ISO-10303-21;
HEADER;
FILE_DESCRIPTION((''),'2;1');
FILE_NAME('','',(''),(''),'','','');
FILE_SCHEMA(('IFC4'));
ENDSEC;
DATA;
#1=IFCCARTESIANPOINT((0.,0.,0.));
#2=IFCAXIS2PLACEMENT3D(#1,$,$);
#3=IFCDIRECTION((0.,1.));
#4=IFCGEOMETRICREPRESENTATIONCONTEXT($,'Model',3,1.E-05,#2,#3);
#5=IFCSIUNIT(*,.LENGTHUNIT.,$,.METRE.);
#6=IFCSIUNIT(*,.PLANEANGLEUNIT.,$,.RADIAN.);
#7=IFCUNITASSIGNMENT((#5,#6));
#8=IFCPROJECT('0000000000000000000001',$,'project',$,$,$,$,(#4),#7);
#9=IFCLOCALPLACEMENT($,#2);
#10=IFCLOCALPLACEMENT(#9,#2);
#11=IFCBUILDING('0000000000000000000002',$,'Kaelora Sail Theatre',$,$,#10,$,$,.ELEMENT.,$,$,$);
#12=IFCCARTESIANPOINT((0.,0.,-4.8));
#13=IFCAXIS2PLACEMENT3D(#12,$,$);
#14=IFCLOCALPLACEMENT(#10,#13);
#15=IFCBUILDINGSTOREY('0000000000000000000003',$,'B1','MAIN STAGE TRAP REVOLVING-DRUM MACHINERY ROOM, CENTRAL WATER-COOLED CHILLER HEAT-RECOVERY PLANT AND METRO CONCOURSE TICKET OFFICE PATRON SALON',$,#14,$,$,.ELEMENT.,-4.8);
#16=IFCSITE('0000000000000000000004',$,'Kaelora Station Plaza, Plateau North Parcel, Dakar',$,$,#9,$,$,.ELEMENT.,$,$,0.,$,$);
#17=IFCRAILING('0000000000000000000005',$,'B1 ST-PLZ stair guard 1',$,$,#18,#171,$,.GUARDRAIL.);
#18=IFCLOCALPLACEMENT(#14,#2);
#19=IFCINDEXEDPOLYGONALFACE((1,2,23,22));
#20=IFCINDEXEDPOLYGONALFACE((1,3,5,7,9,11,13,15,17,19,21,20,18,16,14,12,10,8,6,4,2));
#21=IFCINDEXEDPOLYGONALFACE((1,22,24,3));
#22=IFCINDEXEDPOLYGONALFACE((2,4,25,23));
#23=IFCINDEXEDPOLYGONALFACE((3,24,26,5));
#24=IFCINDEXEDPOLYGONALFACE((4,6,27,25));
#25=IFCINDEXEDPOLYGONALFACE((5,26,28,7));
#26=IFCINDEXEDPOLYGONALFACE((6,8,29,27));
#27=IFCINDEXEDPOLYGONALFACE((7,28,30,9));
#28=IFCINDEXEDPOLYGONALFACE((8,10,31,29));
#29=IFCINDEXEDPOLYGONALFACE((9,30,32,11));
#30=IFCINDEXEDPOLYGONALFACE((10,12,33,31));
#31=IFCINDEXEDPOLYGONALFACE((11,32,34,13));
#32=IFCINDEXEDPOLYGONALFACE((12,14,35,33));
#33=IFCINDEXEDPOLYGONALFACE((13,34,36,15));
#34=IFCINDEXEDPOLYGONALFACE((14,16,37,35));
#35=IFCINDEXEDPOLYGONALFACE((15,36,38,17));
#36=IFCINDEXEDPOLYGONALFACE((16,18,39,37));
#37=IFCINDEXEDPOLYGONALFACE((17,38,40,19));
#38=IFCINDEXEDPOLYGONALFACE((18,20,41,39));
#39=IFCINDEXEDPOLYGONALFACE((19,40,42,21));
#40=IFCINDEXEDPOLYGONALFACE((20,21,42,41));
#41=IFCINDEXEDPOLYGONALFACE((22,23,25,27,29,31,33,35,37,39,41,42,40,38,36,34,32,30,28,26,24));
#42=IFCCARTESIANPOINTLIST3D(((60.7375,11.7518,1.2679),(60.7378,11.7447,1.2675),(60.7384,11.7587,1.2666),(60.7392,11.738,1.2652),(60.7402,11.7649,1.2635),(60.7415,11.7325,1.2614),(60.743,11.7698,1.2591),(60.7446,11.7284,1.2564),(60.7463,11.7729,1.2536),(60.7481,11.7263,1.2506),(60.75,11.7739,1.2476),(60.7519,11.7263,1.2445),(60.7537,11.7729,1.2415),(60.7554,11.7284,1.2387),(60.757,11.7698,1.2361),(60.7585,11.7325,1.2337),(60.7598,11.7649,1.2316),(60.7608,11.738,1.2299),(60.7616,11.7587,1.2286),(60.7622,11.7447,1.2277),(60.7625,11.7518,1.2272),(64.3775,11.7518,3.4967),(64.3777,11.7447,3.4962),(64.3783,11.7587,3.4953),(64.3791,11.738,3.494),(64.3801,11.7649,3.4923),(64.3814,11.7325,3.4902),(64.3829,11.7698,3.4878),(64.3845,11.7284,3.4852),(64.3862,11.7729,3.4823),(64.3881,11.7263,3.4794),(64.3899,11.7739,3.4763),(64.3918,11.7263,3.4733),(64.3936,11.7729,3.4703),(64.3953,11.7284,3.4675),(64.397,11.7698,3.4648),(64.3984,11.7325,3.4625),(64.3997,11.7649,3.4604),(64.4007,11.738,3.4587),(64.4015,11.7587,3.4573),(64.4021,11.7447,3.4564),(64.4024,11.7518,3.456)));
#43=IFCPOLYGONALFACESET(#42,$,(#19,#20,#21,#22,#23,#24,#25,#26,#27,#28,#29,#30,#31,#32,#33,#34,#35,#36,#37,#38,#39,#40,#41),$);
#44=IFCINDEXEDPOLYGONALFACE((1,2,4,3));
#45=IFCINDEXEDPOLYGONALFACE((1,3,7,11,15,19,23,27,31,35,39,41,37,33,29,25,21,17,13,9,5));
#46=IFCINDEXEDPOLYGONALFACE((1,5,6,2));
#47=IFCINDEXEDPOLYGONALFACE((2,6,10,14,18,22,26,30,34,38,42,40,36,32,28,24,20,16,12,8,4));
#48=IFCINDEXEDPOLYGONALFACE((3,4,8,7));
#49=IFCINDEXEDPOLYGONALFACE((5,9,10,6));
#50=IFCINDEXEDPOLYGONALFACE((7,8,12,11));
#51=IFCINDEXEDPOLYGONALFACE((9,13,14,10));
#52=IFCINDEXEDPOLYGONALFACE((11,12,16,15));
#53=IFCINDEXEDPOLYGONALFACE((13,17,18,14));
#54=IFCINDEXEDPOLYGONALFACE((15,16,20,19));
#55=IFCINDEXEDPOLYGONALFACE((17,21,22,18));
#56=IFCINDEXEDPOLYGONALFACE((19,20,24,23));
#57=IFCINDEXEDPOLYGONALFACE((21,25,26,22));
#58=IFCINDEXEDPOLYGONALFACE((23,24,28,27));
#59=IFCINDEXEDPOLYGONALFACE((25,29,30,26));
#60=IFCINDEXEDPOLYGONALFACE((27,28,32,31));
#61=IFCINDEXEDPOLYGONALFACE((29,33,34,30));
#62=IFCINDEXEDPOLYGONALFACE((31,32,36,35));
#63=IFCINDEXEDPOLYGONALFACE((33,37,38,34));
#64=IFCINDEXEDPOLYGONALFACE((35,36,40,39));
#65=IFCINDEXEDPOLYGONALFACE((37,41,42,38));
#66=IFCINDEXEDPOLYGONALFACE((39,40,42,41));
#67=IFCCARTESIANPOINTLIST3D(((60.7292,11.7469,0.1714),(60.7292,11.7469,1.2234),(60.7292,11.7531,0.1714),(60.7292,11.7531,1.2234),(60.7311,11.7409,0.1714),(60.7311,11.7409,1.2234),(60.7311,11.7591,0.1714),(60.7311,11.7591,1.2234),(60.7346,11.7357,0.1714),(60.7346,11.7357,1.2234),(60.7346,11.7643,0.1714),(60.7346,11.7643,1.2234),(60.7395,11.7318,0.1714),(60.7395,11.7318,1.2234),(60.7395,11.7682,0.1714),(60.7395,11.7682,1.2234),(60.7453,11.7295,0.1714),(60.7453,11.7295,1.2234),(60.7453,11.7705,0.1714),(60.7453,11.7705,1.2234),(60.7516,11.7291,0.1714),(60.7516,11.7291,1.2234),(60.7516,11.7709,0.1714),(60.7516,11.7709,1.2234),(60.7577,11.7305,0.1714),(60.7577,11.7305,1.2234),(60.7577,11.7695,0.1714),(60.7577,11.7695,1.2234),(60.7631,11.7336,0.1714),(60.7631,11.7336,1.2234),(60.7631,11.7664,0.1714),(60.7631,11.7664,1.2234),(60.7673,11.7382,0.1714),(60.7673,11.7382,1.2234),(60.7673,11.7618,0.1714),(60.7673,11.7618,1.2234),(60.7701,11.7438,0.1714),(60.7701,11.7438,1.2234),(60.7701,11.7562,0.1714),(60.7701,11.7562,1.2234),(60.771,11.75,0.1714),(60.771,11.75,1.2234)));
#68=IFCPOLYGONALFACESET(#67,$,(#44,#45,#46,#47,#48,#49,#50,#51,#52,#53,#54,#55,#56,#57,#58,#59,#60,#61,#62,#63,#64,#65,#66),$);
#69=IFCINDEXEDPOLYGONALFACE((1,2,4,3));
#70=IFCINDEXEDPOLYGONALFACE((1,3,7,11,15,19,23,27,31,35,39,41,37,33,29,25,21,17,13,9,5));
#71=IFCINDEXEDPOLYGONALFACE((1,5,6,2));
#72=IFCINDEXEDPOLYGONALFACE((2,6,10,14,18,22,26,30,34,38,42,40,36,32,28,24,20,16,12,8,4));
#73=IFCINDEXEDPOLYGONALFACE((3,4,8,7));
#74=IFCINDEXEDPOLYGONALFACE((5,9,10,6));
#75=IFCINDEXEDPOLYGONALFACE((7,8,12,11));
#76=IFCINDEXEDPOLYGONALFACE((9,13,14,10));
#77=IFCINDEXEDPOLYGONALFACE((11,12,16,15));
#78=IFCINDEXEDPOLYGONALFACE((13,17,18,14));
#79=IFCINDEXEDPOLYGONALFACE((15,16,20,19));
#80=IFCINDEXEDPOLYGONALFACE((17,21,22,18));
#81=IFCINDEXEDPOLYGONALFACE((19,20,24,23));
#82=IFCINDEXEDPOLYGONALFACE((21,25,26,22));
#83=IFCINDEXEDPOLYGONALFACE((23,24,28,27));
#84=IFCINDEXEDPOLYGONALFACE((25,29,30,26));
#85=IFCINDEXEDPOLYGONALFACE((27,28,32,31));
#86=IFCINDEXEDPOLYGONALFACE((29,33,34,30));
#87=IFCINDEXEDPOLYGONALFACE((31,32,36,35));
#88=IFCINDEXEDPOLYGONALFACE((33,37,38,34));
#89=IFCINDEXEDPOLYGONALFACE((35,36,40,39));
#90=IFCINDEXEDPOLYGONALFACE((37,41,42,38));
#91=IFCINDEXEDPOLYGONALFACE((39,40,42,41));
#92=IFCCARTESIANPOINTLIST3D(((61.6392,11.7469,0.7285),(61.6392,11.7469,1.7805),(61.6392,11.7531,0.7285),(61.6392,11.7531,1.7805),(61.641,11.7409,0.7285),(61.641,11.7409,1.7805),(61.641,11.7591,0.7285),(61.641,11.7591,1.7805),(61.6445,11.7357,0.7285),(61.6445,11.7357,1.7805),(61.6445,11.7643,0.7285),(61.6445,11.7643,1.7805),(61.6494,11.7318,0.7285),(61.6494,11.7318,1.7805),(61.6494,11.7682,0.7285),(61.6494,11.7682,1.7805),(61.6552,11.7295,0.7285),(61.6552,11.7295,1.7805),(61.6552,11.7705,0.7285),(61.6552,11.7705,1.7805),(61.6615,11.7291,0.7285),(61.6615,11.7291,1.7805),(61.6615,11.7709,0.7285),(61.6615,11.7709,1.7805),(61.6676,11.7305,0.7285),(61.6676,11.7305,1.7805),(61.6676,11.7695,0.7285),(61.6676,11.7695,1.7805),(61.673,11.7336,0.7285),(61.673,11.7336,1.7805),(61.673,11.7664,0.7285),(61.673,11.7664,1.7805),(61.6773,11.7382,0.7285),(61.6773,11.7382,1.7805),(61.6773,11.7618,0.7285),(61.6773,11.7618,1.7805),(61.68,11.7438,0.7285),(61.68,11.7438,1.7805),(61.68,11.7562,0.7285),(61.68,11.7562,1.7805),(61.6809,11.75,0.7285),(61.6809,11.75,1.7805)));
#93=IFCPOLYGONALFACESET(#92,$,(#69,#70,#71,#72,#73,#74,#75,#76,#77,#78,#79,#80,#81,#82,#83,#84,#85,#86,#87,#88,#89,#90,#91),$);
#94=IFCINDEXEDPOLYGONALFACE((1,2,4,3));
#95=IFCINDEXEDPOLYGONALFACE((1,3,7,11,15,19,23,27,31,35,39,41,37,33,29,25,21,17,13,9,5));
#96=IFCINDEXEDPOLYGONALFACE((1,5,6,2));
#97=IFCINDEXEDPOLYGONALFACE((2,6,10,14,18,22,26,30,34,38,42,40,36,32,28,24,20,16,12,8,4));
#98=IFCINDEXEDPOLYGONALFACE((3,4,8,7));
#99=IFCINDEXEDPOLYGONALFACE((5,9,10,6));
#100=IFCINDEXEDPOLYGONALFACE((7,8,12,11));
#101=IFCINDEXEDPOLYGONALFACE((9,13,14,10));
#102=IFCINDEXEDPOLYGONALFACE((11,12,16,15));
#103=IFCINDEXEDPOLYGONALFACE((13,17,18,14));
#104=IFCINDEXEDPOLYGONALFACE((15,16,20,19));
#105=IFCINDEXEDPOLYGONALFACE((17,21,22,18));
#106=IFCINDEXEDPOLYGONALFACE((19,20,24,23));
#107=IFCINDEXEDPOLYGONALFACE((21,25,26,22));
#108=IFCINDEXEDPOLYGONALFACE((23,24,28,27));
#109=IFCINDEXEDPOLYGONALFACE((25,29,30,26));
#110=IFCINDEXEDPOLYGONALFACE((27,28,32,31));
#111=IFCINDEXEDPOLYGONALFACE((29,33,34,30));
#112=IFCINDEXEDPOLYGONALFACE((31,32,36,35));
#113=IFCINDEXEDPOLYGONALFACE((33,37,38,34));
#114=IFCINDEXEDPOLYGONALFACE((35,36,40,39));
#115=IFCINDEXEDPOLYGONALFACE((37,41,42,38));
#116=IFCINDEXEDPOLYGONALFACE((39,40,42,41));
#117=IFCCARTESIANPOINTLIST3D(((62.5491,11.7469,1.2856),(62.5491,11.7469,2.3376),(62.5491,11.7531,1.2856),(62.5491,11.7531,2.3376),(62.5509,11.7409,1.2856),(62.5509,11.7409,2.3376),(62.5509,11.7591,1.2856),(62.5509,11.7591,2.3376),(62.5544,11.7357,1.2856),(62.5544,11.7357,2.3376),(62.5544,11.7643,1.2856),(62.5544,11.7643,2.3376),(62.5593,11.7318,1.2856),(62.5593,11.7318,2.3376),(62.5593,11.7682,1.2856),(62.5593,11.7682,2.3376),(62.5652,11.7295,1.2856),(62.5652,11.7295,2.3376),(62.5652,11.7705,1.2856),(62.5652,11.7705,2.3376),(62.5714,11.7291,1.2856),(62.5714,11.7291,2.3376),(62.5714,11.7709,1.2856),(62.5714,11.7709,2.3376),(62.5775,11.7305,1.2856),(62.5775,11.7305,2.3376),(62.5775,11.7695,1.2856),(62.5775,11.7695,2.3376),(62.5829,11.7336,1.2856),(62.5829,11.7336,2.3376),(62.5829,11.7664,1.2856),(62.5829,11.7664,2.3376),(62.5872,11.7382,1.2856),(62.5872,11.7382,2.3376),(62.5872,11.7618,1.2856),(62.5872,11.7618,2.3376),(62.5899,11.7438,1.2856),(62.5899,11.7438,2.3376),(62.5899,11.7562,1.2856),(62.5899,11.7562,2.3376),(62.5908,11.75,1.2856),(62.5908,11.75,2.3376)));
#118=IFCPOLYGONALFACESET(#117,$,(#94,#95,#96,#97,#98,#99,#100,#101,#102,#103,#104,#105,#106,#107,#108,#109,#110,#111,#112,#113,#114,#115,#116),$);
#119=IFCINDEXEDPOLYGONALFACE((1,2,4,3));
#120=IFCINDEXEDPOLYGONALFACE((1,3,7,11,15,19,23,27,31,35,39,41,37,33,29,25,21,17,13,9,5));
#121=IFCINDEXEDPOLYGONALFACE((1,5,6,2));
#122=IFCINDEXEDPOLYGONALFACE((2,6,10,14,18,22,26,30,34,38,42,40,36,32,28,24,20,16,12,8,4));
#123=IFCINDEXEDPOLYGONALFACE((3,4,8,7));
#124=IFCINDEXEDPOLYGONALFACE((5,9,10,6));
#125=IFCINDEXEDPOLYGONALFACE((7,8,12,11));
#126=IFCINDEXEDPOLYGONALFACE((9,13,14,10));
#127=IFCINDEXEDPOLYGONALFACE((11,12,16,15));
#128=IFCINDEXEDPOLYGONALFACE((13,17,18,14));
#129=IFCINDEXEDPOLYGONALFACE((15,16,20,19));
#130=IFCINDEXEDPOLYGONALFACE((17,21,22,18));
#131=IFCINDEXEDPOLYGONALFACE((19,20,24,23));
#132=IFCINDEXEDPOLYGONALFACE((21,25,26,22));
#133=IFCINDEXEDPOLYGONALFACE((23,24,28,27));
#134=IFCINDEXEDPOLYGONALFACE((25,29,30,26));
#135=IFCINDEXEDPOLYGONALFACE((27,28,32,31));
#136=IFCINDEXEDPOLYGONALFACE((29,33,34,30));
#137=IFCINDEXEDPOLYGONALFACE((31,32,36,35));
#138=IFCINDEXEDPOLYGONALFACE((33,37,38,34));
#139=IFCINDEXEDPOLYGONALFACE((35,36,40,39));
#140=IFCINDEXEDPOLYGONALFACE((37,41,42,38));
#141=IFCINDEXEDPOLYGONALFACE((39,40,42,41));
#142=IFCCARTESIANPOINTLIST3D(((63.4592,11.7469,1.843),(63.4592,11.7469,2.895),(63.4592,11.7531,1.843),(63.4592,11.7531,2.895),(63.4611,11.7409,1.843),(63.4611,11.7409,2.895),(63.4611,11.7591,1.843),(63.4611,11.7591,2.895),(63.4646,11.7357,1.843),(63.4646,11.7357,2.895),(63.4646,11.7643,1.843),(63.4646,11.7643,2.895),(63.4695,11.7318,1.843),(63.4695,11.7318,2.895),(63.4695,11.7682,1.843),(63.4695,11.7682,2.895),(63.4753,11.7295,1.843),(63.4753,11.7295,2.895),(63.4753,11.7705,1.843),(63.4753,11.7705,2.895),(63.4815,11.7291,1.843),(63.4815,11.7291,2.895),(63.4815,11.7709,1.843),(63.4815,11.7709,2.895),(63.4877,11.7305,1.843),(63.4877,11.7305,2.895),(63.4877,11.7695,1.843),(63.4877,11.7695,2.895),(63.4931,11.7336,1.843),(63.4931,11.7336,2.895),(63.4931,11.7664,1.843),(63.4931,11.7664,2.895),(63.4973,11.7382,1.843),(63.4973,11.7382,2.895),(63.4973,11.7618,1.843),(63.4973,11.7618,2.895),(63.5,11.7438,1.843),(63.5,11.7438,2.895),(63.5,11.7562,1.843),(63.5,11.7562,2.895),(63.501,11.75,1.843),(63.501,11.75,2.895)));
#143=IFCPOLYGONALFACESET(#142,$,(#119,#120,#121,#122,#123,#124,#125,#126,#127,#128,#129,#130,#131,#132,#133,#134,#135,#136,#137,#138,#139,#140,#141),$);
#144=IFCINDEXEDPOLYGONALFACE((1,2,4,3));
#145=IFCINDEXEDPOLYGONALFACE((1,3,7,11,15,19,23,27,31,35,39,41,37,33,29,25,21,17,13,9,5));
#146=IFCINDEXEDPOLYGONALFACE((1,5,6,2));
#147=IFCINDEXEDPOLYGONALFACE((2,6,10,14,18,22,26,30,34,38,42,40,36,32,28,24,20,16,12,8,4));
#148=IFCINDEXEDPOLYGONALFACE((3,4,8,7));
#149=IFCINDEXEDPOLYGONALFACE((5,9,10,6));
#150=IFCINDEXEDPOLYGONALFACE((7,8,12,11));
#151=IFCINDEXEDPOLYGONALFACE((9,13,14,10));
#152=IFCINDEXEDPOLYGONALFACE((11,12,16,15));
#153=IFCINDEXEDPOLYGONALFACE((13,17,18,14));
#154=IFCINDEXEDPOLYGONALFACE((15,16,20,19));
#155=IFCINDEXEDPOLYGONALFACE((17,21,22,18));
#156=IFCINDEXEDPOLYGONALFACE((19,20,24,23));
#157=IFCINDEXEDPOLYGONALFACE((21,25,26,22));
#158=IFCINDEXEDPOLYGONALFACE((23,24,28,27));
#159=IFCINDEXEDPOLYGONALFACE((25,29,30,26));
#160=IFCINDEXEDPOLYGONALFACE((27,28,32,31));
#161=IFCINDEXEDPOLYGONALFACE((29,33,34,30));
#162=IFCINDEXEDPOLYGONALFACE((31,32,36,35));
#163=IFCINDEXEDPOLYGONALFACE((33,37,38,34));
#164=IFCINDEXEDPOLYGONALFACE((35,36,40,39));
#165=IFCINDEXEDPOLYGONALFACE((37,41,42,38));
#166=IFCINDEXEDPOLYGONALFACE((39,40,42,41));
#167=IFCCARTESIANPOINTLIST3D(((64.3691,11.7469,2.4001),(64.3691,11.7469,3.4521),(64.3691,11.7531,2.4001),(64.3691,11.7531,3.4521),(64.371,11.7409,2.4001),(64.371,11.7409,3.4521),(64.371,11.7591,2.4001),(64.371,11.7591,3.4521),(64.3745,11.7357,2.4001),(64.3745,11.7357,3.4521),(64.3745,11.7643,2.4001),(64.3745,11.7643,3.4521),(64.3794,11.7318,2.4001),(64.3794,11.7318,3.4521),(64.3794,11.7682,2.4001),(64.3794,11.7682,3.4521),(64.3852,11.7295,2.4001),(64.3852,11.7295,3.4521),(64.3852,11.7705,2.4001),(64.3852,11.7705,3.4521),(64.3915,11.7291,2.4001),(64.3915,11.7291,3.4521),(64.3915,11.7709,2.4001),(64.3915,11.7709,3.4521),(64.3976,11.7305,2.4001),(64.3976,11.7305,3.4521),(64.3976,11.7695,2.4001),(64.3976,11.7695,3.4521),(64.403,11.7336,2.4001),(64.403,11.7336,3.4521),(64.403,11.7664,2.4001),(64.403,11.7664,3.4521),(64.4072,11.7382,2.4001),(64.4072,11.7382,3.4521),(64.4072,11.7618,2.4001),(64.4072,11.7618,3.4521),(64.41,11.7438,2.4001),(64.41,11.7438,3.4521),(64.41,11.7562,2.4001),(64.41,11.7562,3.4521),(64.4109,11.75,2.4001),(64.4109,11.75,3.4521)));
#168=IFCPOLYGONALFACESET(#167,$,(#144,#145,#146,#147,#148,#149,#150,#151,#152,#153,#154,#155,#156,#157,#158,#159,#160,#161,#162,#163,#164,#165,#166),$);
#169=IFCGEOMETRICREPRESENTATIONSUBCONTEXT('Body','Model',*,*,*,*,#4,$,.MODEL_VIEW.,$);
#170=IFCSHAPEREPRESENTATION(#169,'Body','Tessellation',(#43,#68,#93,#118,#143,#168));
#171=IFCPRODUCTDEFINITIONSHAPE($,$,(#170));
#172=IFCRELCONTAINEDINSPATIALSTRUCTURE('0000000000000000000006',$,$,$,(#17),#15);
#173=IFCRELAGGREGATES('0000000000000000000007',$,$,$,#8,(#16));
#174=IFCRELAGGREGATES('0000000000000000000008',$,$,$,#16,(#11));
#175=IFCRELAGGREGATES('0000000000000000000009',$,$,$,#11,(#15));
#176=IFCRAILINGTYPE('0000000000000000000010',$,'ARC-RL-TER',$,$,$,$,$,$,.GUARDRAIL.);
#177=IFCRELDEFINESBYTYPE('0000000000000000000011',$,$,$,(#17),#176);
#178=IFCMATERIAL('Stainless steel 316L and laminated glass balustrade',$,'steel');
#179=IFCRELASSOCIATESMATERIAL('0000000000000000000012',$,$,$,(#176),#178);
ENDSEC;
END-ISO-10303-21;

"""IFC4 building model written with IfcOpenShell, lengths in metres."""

from ifc_helpers import new_model, si_unit, direction, frame, origin, origin_2d, place, context, subcontext, project, spatial, circle, extrude, material, type_object, element, save


model = new_model("IFC4")

# Units and contexts
model_context = context("Model", 3, precision=1e-05, world=origin(), true_north=direction((0.0, 1.0)))
body_context = subcontext(model_context, "Body", "Model", "MODEL_VIEW")
ifc_project = project(units=[si_unit("LENGTHUNIT", "METRE"), si_unit("PLANEANGLEUNIT", "RADIAN")], contexts=[model_context])

# Site, building, storey
site_placement = place(None, origin())
site = spatial("IfcSite", under=ifc_project, at=site_placement, Name="Kaelora Station Plaza, Plateau North Parcel, Dakar", CompositionType="ELEMENT", RefElevation=0.0)
building_placement = place(site_placement, origin())
building = spatial("IfcBuilding", under=site, at=building_placement, Name="Kaelora Sail Theatre", CompositionType="ELEMENT")
storey_placement = place(building_placement, frame((0.0, 0.0, -4.8)))
storey = spatial("IfcBuildingStorey", under=building, at=storey_placement, Name="B1", Description="MAIN STAGE TRAP REVOLVING-DRUM MACHINERY ROOM, CENTRAL WATER-COOLED CHILLER HEAT-RECOVERY PLANT AND METRO CONCOURSE TICKET OFFICE PATRON SALON", CompositionType="ELEMENT", Elevation=-4.8)

# Railing
ifc_material_1 = material(Name="Stainless steel 316L and laminated glass balustrade", Category="steel")
railing_type_1 = type_object("IfcRailingType", Name="ARC-RL-TER", PredefinedType="GUARDRAIL", material=ifc_material_1)
railing_1_placement = place(storey_placement, frame((60.75, 11.75, 0.1714)))
element("IfcRailing", 1, at=railing_1_placement, inside=storey, type_object=railing_type_1, Name="B1 ST-PLZ stair guard 1", PredefinedType="GUARDRAIL", context=body_context, shape_type="SweptSolid", body=[
    extrude(circle(Radius=0.0239, at=origin_2d()), frame((0.0, 0.0, 1.0762), z_axis=(0.852825, 0.0, 0.522197), x_axis=(0.0, 1.0, 0.0)), (0.0, 0.0, 1.0), 4.2681),
    extrude(circle(Radius=0.021, at=origin_2d()), origin(), (0.0, 0.0, 1.0), 1.052),
    extrude(circle(Radius=0.021, at=origin_2d()), frame((0.9099, 0.0, 0.5571)), (0.0, 0.0, 1.0), 1.052),
    extrude(circle(Radius=0.021, at=origin_2d()), frame((1.8198, 0.0, 1.1143)), (0.0, 0.0, 1.0), 1.052),
    extrude(circle(Radius=0.021, at=origin_2d()), frame((2.73, 0.0, 1.6716)), (0.0, 0.0, 1.0), 1.052),
    extrude(circle(Radius=0.021, at=origin_2d()), frame((3.6399, 0.0, 2.2288)), (0.0, 0.0, 1.0), 1.052),
])

save(model, "model.ifc")
